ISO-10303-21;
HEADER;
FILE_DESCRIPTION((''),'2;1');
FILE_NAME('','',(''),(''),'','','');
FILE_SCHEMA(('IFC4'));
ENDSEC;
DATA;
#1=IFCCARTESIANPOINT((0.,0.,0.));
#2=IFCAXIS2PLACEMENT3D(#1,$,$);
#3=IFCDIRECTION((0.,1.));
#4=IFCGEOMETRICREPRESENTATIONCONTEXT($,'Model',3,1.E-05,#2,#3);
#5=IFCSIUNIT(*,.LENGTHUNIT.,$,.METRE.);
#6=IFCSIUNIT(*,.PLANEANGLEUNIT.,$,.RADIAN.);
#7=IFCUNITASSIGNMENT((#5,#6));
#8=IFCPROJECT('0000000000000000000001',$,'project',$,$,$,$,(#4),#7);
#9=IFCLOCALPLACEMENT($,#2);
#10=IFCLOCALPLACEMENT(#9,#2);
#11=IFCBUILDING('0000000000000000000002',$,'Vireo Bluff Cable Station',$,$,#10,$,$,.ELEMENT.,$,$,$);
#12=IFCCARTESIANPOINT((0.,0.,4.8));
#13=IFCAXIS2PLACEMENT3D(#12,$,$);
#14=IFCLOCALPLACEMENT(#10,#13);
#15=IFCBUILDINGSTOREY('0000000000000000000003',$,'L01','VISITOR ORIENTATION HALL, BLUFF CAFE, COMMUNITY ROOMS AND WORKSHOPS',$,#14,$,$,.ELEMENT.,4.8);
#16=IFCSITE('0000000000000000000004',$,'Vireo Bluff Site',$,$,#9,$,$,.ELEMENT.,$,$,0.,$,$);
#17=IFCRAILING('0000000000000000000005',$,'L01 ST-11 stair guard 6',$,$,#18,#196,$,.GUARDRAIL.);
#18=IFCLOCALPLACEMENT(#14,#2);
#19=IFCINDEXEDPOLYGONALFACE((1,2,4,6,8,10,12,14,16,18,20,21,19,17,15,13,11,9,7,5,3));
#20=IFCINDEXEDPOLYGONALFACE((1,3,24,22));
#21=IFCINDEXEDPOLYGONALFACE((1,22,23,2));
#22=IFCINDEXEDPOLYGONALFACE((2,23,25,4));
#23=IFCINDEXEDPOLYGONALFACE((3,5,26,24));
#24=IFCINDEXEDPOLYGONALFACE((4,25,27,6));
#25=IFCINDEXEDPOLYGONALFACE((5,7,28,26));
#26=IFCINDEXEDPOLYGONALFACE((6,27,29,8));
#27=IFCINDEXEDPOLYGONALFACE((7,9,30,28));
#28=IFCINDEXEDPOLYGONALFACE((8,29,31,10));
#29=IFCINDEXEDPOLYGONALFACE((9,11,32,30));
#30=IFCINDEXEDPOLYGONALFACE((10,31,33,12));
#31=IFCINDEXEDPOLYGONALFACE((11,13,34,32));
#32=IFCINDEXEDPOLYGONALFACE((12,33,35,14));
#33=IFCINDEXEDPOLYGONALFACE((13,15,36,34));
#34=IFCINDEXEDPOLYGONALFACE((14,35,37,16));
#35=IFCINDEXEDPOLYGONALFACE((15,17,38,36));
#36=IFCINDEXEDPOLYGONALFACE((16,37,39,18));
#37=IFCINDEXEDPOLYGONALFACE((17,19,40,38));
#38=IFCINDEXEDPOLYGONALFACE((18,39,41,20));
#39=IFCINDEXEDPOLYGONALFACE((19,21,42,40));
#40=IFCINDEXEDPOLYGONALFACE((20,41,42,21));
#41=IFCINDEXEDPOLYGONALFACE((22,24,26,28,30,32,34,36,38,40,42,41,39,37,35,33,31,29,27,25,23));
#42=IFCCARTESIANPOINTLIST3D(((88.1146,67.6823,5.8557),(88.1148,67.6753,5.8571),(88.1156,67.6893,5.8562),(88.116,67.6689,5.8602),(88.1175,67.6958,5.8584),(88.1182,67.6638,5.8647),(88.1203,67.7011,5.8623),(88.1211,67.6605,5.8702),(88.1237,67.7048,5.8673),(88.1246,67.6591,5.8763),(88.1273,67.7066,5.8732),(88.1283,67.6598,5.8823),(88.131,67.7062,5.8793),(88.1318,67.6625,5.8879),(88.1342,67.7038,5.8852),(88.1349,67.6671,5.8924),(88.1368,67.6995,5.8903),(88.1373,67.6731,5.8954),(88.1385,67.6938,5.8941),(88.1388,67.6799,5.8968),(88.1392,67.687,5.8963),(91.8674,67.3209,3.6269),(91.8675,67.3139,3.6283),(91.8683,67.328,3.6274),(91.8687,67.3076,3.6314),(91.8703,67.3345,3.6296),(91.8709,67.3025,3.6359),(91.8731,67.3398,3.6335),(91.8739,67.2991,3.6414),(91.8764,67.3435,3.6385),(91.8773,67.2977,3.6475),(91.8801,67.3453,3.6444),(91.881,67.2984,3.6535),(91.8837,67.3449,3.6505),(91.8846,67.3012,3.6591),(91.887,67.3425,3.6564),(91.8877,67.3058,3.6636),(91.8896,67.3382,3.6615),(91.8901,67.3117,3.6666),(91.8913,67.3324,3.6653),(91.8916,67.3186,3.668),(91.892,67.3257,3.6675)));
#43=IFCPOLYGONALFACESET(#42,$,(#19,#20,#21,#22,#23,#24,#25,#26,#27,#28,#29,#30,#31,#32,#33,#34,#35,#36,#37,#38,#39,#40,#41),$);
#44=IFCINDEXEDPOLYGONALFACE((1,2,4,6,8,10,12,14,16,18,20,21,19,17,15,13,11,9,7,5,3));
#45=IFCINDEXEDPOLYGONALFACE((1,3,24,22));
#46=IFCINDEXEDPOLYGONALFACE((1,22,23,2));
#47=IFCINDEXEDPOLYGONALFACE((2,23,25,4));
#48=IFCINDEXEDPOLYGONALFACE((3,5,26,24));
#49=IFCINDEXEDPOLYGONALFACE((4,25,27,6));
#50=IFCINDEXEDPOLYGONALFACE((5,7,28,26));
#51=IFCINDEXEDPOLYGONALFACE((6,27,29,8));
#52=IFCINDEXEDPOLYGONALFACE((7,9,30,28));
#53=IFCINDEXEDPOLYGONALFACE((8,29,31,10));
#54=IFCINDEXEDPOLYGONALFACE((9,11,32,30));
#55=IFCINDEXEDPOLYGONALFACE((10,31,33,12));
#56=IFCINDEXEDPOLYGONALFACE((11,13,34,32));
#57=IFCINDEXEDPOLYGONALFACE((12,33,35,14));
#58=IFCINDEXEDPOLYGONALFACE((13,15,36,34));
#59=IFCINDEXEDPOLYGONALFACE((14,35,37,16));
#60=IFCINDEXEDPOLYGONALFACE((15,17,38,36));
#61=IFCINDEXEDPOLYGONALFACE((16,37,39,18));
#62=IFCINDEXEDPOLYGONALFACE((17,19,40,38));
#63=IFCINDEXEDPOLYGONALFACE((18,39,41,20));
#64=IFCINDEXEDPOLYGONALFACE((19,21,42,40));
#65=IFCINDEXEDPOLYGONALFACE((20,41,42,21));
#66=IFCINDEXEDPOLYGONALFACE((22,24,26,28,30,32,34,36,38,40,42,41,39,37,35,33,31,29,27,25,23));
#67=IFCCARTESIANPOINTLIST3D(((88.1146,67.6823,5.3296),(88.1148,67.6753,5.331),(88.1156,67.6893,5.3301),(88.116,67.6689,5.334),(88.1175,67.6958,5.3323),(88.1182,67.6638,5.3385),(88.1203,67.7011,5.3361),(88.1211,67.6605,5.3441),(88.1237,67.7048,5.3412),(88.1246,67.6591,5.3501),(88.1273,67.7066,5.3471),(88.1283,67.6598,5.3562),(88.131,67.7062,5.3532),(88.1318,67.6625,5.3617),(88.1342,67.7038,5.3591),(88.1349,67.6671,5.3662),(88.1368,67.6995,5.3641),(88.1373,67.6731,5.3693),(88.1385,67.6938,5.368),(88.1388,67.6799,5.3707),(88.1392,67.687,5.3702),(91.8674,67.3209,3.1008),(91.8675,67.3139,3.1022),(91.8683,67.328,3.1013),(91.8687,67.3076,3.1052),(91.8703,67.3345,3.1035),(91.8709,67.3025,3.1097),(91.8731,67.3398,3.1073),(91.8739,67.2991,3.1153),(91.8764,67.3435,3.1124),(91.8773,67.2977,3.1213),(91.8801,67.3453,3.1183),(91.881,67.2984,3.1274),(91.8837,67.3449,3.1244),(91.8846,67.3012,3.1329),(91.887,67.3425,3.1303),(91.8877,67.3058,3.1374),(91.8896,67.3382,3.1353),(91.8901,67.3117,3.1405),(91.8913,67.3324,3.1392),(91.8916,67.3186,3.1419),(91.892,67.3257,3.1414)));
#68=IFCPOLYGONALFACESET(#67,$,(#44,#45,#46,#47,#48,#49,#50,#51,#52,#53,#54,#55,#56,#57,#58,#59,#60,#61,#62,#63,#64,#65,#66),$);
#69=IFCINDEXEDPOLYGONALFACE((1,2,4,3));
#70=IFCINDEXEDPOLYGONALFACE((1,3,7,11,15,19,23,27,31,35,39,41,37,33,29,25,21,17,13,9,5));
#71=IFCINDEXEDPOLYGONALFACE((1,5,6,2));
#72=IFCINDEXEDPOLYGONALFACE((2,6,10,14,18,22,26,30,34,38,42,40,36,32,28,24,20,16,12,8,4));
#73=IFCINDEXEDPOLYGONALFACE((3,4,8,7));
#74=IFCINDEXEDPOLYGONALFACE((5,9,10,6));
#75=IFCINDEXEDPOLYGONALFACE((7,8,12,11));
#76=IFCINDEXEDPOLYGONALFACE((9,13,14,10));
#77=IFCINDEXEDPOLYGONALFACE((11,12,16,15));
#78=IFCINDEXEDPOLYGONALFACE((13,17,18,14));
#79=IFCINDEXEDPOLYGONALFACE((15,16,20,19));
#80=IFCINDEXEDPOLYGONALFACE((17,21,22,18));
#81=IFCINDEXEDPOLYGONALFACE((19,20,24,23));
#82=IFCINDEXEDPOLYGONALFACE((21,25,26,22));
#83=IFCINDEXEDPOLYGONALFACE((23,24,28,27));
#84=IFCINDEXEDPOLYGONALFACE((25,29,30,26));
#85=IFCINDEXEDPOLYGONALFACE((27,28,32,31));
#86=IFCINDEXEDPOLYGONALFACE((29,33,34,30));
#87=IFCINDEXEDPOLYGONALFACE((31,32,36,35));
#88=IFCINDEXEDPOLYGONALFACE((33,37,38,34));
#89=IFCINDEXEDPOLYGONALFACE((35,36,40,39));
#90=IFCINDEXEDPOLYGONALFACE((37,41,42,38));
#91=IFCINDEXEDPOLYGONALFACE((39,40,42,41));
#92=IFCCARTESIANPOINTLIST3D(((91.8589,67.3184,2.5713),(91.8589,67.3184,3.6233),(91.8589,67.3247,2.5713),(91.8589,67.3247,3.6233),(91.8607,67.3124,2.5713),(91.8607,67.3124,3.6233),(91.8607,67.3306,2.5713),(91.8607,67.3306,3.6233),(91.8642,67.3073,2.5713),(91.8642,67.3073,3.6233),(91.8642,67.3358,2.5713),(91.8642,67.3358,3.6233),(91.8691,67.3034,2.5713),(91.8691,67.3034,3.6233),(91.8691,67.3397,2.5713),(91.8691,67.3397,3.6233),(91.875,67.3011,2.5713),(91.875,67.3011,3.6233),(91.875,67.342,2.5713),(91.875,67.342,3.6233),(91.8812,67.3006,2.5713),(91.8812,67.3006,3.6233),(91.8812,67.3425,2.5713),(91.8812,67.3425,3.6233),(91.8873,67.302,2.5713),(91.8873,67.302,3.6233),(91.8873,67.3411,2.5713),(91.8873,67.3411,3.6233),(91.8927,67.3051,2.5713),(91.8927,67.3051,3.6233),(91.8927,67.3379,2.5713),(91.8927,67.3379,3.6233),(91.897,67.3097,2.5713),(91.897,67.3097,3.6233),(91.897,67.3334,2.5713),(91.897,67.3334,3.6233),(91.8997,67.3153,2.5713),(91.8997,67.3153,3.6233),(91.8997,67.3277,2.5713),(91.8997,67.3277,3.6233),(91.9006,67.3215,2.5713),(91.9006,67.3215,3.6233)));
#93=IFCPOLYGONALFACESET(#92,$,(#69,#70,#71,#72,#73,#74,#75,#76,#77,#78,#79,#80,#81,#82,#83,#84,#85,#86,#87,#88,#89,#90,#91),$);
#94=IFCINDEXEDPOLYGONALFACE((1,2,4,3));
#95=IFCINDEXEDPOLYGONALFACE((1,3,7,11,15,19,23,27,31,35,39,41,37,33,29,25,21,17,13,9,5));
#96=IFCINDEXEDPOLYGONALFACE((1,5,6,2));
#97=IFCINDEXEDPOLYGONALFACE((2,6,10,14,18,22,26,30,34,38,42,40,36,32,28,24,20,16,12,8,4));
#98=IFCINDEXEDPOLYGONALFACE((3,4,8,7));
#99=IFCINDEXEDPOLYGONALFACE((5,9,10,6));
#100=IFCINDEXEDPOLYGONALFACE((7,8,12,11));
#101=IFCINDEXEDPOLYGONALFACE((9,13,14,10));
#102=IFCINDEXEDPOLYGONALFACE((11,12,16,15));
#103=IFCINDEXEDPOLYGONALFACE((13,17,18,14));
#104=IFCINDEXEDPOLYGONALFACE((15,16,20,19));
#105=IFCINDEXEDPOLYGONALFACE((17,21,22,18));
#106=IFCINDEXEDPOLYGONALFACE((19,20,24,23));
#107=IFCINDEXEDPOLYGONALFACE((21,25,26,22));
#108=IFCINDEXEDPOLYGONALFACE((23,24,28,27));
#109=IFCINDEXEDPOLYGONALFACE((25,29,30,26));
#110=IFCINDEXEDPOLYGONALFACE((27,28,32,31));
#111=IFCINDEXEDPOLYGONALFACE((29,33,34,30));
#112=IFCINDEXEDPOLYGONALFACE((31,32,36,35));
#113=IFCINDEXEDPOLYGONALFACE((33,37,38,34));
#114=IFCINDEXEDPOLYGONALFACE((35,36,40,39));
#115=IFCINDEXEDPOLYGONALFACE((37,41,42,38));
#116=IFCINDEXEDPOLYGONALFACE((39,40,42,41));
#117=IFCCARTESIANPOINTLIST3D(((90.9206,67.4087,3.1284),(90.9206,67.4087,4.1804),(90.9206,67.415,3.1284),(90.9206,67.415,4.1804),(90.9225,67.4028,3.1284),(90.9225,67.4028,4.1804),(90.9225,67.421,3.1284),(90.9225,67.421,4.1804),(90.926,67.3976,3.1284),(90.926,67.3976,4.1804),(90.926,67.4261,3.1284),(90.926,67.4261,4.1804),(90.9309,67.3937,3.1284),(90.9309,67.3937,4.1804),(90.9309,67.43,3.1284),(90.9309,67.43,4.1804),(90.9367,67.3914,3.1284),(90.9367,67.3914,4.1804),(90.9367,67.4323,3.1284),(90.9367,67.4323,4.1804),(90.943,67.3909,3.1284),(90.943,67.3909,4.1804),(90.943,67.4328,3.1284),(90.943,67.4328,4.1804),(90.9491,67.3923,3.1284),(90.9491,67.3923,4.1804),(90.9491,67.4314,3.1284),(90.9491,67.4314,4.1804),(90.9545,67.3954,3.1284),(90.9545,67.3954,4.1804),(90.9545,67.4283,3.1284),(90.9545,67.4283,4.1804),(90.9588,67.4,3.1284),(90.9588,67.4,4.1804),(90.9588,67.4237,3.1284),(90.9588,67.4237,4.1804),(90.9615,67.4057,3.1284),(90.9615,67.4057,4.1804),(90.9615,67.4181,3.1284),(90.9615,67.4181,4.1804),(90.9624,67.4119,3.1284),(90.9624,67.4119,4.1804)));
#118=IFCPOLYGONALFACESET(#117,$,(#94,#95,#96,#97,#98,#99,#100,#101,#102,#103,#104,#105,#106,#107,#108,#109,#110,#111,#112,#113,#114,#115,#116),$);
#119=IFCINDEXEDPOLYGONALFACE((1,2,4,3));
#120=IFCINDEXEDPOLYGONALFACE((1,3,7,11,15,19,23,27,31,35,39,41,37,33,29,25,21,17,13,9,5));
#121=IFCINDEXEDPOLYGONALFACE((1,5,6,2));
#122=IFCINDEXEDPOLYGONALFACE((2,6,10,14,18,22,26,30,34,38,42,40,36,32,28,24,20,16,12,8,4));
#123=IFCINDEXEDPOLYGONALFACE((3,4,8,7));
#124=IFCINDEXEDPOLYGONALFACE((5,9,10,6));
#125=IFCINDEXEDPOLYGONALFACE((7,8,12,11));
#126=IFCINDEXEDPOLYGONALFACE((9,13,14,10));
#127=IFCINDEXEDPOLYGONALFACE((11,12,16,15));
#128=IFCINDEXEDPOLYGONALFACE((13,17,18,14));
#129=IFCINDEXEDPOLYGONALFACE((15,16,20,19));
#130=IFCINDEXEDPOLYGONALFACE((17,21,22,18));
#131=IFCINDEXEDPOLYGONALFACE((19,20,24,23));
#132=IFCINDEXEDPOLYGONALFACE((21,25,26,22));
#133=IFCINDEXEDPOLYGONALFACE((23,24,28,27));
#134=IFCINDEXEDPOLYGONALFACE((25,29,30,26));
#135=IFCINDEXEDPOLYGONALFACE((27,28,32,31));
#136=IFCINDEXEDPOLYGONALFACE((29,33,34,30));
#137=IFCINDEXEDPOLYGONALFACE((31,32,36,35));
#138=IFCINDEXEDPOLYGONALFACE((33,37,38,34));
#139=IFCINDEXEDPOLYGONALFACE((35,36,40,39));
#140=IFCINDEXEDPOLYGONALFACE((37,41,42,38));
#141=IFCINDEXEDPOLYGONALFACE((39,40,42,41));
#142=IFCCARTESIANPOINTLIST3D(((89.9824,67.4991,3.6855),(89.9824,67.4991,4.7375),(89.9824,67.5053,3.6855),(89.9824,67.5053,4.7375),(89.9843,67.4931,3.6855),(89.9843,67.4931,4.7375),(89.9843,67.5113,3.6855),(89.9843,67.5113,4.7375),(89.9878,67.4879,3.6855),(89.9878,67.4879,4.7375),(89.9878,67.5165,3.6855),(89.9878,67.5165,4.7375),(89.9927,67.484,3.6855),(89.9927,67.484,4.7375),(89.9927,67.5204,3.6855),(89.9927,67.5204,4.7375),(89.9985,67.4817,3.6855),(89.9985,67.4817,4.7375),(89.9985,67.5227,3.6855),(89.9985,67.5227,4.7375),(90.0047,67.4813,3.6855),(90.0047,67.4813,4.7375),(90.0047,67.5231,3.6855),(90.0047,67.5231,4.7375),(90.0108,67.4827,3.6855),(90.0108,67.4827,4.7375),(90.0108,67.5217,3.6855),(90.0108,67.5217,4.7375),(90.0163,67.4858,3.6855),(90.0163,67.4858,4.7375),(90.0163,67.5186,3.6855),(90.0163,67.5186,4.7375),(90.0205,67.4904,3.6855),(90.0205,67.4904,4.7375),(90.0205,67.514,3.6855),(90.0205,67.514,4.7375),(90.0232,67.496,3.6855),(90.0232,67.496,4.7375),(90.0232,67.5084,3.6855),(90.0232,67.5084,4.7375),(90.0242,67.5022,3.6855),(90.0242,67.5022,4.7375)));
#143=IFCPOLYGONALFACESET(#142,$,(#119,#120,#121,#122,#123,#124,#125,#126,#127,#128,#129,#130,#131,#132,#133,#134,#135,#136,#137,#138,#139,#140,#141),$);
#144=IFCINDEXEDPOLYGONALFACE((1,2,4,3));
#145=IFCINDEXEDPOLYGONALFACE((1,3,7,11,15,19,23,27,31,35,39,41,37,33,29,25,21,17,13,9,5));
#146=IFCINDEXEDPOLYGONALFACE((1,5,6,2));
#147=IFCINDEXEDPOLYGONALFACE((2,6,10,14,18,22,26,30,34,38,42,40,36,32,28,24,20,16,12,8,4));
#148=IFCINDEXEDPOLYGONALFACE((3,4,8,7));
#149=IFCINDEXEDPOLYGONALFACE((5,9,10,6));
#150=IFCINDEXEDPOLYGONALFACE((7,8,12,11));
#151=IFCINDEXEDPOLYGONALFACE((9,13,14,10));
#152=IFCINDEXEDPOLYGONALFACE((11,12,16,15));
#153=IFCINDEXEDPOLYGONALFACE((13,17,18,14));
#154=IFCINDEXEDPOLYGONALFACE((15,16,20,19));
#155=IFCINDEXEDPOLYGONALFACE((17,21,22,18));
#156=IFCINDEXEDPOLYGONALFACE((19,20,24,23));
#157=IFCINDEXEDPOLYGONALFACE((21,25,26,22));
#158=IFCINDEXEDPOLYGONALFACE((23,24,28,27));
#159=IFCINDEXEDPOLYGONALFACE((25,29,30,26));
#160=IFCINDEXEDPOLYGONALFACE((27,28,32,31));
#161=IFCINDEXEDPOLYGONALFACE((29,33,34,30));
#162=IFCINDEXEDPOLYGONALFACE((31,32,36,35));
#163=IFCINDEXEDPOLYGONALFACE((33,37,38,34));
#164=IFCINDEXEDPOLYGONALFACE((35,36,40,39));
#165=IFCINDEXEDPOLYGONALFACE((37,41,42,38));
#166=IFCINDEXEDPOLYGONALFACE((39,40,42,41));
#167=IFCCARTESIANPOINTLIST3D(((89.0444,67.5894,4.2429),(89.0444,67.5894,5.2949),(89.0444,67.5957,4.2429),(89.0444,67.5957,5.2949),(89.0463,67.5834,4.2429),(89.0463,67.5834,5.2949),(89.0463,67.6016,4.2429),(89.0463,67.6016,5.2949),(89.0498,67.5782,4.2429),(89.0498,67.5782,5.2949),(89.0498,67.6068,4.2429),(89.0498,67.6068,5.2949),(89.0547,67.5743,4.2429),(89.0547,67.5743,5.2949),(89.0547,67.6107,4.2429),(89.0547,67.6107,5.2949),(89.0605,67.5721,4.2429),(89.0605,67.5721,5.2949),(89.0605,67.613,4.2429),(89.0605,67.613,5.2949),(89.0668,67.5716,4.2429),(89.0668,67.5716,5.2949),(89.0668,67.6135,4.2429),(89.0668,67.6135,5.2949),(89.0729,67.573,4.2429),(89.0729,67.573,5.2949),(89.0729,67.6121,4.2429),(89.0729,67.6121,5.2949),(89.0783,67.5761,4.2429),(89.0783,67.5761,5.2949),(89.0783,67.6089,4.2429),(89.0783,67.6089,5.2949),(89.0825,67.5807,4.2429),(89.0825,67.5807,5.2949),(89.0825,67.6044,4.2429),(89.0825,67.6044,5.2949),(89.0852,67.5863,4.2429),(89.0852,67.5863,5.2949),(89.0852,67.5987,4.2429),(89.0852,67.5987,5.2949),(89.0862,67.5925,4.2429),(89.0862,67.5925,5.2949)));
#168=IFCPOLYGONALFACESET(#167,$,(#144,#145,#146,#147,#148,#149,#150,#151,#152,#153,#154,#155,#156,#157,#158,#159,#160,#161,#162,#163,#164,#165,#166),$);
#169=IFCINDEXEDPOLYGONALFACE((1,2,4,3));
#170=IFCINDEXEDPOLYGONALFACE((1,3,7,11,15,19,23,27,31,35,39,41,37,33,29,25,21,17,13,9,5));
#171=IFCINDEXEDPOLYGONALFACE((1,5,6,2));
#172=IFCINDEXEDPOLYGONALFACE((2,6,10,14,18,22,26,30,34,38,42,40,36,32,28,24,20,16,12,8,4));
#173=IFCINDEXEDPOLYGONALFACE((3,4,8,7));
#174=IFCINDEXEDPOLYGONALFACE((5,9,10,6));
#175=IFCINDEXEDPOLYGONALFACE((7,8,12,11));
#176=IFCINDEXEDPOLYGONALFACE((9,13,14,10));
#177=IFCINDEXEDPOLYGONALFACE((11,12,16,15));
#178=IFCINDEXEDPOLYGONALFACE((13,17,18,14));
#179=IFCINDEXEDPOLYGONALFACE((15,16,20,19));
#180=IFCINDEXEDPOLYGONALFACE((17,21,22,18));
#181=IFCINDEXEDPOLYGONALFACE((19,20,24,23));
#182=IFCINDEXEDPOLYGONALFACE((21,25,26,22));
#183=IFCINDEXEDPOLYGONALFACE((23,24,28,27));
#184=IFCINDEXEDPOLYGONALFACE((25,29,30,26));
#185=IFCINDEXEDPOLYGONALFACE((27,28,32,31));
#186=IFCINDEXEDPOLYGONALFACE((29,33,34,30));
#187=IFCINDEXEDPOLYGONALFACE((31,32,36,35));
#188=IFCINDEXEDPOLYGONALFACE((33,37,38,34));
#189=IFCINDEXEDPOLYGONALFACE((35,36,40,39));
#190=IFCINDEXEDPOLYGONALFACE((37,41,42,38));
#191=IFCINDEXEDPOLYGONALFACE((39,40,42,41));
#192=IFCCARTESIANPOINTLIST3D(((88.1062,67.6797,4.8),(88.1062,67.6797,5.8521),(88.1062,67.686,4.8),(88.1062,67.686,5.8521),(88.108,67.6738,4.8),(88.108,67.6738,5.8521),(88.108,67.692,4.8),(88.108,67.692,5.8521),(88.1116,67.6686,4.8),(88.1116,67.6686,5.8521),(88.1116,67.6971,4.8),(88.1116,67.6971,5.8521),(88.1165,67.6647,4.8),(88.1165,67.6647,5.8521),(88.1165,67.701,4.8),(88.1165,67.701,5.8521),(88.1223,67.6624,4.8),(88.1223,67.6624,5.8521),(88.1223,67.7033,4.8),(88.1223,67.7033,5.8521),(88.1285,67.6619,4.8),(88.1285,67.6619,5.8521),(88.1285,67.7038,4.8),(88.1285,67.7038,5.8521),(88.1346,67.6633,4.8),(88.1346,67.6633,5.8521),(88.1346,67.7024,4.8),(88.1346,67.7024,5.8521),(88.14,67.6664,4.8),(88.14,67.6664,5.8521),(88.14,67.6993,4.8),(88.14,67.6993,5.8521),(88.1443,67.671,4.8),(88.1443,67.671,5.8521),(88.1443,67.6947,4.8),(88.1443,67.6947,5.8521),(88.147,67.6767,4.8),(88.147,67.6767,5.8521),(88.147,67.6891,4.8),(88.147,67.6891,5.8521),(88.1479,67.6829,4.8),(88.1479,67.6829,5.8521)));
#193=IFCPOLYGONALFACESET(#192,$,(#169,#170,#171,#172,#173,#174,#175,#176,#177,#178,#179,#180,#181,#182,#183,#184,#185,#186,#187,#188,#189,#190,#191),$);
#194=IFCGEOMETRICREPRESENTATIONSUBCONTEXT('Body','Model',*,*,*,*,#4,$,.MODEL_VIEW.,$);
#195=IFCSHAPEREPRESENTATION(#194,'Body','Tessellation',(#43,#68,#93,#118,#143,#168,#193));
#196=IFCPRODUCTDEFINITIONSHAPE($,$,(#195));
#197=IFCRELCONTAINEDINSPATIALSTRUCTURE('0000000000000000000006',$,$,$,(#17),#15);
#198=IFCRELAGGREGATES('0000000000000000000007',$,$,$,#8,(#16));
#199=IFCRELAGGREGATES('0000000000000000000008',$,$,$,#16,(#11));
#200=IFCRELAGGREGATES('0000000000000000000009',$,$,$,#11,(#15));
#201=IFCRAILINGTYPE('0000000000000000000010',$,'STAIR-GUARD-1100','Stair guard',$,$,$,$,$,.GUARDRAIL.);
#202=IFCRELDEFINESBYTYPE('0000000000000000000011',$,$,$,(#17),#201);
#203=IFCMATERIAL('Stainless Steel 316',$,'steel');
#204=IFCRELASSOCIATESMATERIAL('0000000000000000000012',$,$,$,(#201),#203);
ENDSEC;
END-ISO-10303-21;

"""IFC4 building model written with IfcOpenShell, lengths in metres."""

from ifc_helpers import new_model, si_unit, direction, frame, origin, origin_2d, place, context, subcontext, project, spatial, circle, extrude, material, type_object, element, save


model = new_model("IFC4")

# Units and contexts
model_context = context("Model", 3, precision=1e-05, world=origin(), true_north=direction((0.0, 1.0)))
body_context = subcontext(model_context, "Body", "Model", "MODEL_VIEW")
ifc_project = project(units=[si_unit("LENGTHUNIT", "METRE"), si_unit("PLANEANGLEUNIT", "RADIAN")], contexts=[model_context])

# Site, building, storey
site_placement = place(None, origin())
site = spatial("IfcSite", under=ifc_project, at=site_placement, Name="Vireo Bluff Site", CompositionType="ELEMENT", RefElevation=0.0)
building_placement = place(site_placement, origin())
building = spatial("IfcBuilding", under=site, at=building_placement, Name="Vireo Bluff Cable Station", CompositionType="ELEMENT")
storey_placement = place(building_placement, frame((0.0, 0.0, 4.8)))
storey = spatial("IfcBuildingStorey", under=building, at=storey_placement, Name="L01", Description="VISITOR ORIENTATION HALL, BLUFF CAFE, COMMUNITY ROOMS AND WORKSHOPS", CompositionType="ELEMENT", Elevation=4.8)

# Railing
ifc_material_1 = material(Name="Stainless Steel 316", Category="steel")
railing_type_1 = type_object("IfcRailingType", Name="STAIR-GUARD-1100", Description="Stair guard", PredefinedType="GUARDRAIL", material=ifc_material_1)
railing_1_placement = place(storey_placement, frame((91.8796, 67.3215, 2.5713)))
element("IfcRailing", 1, at=railing_1_placement, inside=storey, type_object=railing_type_1, Name="L01 ST-11 stair guard 6", PredefinedType="GUARDRAIL", context=body_context, shape_type="SweptSolid", body=[
    extrude(circle(Radius=0.0239, at=origin_2d()), frame((0.0, 0.0, 1.0762), z_axis=(-0.856863, 0.082503, 0.5089), x_axis=(-0.095842, -0.995397, 0.0)), (0.0, 0.0, 1.0), 4.3796),
    extrude(circle(Radius=0.0239, at=origin_2d()), frame((0.0, 0.0, 0.55), z_axis=(-0.856863, 0.082503, 0.5089), x_axis=(-0.095842, -0.995397, 0.0)), (0.0, 0.0, 1.0), 4.3796),
    extrude(circle(Radius=0.021, at=origin_2d()), origin(), (0.0, 0.0, 1.0), 1.052),
    extrude(circle(Radius=0.021, at=origin_2d()), frame((-0.9382, 0.0903, 0.5571)), (0.0, 0.0, 1.0), 1.052),
    extrude(circle(Radius=0.021, at=origin_2d()), frame((-1.8765, 0.1807, 1.1143)), (0.0, 0.0, 1.0), 1.052),
    extrude(circle(Radius=0.021, at=origin_2d()), frame((-2.8145, 0.271, 1.6716)), (0.0, 0.0, 1.0), 1.052),
    extrude(circle(Radius=0.021, at=origin_2d()), frame((-3.7527, 0.3613, 2.2288)), (0.0, 0.0, 1.0), 1.052),
])

save(model, "model.ifc")
